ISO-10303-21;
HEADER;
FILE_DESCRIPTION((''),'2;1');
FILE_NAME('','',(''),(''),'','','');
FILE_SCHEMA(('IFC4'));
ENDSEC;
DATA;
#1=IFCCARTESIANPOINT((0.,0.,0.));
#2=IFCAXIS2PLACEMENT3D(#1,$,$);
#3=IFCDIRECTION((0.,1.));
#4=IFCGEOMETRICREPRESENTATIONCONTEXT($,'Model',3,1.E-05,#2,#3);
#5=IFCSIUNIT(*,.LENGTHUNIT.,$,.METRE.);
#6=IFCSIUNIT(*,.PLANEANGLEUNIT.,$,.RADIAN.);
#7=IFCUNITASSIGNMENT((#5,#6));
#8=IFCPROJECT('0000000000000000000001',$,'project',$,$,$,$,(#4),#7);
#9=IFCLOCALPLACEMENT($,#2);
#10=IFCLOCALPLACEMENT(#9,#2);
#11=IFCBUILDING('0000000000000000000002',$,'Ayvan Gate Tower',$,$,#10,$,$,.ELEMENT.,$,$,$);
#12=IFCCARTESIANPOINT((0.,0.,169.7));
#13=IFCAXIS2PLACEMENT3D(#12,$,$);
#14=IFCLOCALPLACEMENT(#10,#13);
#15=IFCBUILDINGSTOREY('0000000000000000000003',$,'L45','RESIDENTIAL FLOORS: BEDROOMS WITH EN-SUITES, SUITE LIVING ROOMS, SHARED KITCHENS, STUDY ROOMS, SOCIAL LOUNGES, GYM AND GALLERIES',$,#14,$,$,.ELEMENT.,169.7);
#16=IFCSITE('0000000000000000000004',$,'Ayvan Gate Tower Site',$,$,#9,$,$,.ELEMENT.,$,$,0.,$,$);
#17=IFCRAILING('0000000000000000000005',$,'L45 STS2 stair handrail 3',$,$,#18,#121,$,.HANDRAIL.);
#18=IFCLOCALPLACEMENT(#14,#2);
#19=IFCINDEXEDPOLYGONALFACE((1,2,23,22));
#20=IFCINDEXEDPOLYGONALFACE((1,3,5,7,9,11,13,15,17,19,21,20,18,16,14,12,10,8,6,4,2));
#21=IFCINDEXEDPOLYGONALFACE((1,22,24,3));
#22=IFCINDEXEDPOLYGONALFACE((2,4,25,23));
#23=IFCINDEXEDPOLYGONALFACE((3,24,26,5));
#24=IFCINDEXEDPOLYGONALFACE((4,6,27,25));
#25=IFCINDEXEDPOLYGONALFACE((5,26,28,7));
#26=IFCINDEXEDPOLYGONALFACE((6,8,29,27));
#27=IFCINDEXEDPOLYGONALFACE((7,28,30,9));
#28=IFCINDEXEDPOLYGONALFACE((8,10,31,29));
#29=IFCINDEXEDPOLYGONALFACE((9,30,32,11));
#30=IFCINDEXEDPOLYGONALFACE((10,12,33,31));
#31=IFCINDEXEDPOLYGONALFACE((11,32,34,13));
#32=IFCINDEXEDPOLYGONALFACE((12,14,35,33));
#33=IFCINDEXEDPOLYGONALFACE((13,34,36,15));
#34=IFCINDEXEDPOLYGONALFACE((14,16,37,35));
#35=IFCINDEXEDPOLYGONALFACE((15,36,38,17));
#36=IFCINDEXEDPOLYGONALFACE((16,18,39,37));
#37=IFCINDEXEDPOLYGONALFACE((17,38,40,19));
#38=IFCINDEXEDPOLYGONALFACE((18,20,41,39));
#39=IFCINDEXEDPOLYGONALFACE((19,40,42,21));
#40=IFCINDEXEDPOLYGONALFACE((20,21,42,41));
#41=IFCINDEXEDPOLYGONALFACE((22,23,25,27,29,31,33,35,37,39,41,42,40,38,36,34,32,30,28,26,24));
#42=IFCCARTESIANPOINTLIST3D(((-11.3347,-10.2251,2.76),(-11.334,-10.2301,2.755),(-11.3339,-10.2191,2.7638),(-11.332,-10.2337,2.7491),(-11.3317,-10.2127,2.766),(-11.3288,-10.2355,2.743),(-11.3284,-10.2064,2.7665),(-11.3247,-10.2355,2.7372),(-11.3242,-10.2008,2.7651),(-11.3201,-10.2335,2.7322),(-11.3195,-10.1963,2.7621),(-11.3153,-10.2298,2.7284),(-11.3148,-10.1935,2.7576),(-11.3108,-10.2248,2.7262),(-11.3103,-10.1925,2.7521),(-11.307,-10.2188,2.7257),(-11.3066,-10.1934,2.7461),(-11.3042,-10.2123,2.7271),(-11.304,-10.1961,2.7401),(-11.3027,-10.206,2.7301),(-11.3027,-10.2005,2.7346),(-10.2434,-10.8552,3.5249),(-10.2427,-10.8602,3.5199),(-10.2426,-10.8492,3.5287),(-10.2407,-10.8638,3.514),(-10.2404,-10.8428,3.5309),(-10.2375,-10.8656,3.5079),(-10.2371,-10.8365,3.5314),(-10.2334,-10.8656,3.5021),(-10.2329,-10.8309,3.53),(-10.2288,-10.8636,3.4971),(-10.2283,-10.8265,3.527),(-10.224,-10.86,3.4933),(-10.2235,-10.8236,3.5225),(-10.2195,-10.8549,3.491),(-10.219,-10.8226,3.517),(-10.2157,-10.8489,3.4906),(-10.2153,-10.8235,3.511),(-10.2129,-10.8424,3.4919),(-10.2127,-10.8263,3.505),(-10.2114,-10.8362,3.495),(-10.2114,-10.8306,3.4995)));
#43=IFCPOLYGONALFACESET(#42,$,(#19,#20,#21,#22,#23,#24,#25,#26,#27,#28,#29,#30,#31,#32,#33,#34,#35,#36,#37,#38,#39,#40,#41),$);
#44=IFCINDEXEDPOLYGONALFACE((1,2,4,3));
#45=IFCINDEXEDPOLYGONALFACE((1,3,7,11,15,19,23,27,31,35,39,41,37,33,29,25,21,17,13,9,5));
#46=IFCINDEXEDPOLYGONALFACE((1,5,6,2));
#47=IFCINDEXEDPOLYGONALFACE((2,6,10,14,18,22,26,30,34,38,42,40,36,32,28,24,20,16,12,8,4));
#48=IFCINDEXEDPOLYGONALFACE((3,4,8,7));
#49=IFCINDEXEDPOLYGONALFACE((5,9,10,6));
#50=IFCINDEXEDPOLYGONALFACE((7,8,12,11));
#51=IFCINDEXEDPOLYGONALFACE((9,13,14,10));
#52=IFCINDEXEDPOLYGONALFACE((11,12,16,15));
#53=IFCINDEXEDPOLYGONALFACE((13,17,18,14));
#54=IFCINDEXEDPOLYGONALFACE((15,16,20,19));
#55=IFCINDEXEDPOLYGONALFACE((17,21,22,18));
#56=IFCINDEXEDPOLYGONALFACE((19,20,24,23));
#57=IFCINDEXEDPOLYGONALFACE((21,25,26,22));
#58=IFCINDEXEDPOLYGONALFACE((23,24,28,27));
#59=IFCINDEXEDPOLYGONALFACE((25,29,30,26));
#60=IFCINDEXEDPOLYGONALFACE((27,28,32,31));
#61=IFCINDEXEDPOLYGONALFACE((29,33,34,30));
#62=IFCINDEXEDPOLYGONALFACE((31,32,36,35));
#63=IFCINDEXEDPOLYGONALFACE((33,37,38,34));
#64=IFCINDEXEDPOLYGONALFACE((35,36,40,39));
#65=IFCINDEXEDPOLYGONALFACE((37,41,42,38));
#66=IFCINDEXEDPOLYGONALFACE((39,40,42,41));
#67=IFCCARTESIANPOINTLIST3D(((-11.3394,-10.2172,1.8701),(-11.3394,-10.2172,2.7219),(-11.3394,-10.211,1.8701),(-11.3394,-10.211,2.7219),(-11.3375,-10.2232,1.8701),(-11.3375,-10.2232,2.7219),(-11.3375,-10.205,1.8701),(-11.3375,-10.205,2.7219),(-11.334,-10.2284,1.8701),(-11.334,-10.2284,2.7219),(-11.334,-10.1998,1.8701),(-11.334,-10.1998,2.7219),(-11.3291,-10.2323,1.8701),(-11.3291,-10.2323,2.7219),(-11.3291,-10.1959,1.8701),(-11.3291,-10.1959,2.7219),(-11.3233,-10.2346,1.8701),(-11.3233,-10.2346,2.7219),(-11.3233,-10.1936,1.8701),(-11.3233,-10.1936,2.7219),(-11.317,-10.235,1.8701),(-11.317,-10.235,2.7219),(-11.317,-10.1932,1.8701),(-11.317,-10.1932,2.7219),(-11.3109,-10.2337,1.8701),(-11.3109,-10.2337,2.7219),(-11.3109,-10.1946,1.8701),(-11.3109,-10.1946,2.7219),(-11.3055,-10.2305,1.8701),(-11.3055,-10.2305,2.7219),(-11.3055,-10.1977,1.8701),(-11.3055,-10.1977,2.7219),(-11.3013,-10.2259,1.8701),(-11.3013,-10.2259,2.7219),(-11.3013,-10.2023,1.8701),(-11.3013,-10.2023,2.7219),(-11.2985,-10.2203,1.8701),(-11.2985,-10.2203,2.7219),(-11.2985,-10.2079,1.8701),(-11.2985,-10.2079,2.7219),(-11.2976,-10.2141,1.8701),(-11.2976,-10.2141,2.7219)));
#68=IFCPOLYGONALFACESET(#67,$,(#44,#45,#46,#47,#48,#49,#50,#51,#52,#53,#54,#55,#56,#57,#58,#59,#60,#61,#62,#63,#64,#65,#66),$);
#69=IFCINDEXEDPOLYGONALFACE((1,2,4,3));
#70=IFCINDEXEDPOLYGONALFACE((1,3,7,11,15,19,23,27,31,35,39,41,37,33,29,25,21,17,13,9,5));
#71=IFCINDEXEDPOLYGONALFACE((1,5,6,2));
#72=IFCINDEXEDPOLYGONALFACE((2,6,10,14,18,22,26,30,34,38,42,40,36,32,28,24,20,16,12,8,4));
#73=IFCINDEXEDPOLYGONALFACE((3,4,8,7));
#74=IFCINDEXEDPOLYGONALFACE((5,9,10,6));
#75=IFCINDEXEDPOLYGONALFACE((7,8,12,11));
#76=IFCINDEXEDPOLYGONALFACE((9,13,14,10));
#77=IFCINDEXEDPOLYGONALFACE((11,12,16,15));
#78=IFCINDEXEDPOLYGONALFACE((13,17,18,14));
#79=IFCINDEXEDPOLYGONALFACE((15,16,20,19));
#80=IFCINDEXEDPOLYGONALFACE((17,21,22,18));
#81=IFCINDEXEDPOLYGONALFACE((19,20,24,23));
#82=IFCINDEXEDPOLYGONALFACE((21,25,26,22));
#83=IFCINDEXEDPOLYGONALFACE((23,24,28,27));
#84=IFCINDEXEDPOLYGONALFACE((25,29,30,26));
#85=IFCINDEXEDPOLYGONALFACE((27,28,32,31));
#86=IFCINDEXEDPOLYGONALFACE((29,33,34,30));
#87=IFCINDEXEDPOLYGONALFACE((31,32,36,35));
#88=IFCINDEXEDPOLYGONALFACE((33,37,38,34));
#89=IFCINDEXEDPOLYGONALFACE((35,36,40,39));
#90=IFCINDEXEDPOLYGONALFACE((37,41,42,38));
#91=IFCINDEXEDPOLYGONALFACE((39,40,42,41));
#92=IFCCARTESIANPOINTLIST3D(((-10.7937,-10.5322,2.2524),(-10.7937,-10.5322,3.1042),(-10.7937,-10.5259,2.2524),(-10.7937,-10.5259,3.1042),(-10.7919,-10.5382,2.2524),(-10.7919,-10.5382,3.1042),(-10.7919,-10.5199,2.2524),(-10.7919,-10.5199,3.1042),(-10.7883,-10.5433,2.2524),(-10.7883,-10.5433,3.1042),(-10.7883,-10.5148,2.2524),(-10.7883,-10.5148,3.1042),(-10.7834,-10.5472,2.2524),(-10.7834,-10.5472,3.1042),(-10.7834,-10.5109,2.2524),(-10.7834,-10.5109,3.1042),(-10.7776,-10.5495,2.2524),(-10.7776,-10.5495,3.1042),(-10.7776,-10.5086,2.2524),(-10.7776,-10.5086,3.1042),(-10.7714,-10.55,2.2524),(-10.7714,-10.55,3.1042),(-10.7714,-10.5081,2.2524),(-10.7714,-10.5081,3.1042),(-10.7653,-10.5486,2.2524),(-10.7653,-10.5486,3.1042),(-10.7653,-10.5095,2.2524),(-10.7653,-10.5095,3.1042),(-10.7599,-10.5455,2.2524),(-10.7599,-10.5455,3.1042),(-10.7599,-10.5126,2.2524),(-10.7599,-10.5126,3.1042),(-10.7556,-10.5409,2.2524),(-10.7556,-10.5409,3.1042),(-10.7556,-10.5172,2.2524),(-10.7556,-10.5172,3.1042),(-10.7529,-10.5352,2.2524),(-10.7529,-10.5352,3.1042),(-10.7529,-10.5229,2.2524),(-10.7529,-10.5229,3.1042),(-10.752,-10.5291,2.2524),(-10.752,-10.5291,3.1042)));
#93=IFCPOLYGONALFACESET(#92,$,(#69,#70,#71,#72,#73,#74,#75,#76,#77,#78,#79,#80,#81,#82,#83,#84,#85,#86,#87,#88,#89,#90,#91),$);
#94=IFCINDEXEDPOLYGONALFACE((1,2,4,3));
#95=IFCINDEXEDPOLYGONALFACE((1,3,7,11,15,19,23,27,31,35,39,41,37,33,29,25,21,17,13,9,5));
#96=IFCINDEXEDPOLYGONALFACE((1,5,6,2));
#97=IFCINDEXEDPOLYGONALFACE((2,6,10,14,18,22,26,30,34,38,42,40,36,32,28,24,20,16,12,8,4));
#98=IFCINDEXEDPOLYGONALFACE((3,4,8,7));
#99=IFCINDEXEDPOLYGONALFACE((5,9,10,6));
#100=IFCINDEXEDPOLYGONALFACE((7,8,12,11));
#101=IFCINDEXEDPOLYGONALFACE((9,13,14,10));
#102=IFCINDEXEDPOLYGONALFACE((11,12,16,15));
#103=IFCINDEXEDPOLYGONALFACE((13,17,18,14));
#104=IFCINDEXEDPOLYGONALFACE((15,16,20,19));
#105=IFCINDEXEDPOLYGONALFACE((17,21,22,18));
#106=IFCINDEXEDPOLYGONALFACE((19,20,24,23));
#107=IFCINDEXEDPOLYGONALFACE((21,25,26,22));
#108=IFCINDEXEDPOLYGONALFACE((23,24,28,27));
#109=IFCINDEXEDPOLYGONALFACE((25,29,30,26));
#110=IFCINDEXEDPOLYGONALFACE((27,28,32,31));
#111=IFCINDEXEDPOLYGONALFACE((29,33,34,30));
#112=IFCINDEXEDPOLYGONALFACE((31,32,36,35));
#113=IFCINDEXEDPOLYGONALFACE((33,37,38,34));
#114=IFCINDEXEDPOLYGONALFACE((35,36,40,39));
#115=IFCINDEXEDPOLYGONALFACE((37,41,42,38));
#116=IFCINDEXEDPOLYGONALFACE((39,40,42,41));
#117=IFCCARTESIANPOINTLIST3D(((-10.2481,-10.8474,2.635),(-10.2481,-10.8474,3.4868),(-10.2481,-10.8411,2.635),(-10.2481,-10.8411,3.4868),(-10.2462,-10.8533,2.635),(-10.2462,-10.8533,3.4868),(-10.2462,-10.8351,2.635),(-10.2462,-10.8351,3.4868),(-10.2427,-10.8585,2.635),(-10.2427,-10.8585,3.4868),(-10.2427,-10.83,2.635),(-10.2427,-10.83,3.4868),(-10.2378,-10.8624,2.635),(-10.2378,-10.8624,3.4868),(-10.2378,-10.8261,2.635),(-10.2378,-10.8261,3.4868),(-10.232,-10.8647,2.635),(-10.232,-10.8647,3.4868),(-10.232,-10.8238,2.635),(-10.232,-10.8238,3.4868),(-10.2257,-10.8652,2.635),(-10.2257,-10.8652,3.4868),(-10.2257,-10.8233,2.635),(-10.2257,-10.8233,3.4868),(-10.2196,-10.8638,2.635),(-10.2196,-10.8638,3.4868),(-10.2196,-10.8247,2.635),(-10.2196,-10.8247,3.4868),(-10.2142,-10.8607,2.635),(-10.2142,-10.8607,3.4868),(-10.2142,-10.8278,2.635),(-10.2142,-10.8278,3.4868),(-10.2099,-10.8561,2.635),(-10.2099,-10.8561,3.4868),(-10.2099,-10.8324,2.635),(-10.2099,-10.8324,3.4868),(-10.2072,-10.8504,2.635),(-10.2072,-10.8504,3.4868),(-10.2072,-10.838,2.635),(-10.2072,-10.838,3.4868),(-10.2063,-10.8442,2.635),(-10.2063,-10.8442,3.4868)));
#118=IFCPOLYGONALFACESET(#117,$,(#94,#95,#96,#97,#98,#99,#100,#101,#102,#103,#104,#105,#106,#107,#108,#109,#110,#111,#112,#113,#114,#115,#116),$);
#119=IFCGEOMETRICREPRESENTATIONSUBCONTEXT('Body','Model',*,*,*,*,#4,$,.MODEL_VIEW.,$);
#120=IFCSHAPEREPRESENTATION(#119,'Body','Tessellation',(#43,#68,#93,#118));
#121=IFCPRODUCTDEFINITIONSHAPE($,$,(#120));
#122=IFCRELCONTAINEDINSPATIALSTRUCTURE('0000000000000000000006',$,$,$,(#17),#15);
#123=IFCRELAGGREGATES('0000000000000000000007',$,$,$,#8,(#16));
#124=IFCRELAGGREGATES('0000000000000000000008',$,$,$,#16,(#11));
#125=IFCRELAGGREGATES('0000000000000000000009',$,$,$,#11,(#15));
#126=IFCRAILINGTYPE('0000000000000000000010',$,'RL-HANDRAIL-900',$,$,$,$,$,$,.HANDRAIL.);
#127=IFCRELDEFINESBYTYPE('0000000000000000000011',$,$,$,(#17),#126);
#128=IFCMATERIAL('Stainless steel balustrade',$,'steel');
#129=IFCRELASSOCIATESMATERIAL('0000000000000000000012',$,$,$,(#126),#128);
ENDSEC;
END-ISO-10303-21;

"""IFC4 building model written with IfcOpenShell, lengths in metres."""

from ifc_helpers import new_model, si_unit, direction, frame, origin, origin_2d, place, context, subcontext, project, spatial, circle, extrude, material, type_object, element, save


model = new_model("IFC4")

# Units and contexts
model_context = context("Model", 3, precision=1e-05, world=origin(), true_north=direction((0.0, 1.0)))
body_context = subcontext(model_context, "Body", "Model", "MODEL_VIEW")
ifc_project = project(units=[si_unit("LENGTHUNIT", "METRE"), si_unit("PLANEANGLEUNIT", "RADIAN")], contexts=[model_context])

# Site, building, storey
site_placement = place(None, origin())
site = spatial("IfcSite", under=ifc_project, at=site_placement, Name="Ayvan Gate Tower Site", CompositionType="ELEMENT", RefElevation=0.0)
building_placement = place(site_placement, origin())
building = spatial("IfcBuilding", under=site, at=building_placement, Name="Ayvan Gate Tower", CompositionType="ELEMENT")
storey_placement = place(building_placement, frame((0.0, 0.0, 169.7)))
storey = spatial("IfcBuildingStorey", under=building, at=storey_placement, Name="L45", Description="RESIDENTIAL FLOORS: BEDROOMS WITH EN-SUITES, SUITE LIVING ROOMS, SHARED KITCHENS, STUDY ROOMS, SOCIAL LOUNGES, GYM AND GALLERIES", CompositionType="ELEMENT", Elevation=169.7)

# Railing
ifc_material_1 = material(Name="Stainless steel balustrade", Category="steel")
railing_type_1 = type_object("IfcRailingType", Name="RL-HANDRAIL-900", PredefinedType="HANDRAIL", material=ifc_material_1)
railing_1_placement = place(storey_placement, frame((-11.3186, -10.2141, 1.8701)))
element("IfcRailing", 1, at=railing_1_placement, inside=storey, type_object=railing_type_1, Name="L45 STS2 stair handrail 3", PredefinedType="HANDRAIL", context=body_context, shape_type="SweptSolid", body=[
    extrude(circle(Radius=0.0239, at=origin_2d()), frame((0.0, 0.0, 0.876), z_axis=(0.740304, -0.427455, 0.518875), x_axis=(0.500035, 0.866005, 0.0)), (0.0, 0.0, 1.0), 1.4741),
    extrude(circle(Radius=0.021, at=origin_2d()), origin(), (0.0, 0.0, 1.0), 0.8518),
    extrude(circle(Radius=0.021, at=origin_2d()), frame((0.5457, -0.3149, 0.3823)), (0.0, 0.0, 1.0), 0.8518),
    extrude(circle(Radius=0.021, at=origin_2d()), frame((1.0913, -0.6301, 0.7649)), (0.0, 0.0, 1.0), 0.8518),
])

save(model, "model.ifc")
